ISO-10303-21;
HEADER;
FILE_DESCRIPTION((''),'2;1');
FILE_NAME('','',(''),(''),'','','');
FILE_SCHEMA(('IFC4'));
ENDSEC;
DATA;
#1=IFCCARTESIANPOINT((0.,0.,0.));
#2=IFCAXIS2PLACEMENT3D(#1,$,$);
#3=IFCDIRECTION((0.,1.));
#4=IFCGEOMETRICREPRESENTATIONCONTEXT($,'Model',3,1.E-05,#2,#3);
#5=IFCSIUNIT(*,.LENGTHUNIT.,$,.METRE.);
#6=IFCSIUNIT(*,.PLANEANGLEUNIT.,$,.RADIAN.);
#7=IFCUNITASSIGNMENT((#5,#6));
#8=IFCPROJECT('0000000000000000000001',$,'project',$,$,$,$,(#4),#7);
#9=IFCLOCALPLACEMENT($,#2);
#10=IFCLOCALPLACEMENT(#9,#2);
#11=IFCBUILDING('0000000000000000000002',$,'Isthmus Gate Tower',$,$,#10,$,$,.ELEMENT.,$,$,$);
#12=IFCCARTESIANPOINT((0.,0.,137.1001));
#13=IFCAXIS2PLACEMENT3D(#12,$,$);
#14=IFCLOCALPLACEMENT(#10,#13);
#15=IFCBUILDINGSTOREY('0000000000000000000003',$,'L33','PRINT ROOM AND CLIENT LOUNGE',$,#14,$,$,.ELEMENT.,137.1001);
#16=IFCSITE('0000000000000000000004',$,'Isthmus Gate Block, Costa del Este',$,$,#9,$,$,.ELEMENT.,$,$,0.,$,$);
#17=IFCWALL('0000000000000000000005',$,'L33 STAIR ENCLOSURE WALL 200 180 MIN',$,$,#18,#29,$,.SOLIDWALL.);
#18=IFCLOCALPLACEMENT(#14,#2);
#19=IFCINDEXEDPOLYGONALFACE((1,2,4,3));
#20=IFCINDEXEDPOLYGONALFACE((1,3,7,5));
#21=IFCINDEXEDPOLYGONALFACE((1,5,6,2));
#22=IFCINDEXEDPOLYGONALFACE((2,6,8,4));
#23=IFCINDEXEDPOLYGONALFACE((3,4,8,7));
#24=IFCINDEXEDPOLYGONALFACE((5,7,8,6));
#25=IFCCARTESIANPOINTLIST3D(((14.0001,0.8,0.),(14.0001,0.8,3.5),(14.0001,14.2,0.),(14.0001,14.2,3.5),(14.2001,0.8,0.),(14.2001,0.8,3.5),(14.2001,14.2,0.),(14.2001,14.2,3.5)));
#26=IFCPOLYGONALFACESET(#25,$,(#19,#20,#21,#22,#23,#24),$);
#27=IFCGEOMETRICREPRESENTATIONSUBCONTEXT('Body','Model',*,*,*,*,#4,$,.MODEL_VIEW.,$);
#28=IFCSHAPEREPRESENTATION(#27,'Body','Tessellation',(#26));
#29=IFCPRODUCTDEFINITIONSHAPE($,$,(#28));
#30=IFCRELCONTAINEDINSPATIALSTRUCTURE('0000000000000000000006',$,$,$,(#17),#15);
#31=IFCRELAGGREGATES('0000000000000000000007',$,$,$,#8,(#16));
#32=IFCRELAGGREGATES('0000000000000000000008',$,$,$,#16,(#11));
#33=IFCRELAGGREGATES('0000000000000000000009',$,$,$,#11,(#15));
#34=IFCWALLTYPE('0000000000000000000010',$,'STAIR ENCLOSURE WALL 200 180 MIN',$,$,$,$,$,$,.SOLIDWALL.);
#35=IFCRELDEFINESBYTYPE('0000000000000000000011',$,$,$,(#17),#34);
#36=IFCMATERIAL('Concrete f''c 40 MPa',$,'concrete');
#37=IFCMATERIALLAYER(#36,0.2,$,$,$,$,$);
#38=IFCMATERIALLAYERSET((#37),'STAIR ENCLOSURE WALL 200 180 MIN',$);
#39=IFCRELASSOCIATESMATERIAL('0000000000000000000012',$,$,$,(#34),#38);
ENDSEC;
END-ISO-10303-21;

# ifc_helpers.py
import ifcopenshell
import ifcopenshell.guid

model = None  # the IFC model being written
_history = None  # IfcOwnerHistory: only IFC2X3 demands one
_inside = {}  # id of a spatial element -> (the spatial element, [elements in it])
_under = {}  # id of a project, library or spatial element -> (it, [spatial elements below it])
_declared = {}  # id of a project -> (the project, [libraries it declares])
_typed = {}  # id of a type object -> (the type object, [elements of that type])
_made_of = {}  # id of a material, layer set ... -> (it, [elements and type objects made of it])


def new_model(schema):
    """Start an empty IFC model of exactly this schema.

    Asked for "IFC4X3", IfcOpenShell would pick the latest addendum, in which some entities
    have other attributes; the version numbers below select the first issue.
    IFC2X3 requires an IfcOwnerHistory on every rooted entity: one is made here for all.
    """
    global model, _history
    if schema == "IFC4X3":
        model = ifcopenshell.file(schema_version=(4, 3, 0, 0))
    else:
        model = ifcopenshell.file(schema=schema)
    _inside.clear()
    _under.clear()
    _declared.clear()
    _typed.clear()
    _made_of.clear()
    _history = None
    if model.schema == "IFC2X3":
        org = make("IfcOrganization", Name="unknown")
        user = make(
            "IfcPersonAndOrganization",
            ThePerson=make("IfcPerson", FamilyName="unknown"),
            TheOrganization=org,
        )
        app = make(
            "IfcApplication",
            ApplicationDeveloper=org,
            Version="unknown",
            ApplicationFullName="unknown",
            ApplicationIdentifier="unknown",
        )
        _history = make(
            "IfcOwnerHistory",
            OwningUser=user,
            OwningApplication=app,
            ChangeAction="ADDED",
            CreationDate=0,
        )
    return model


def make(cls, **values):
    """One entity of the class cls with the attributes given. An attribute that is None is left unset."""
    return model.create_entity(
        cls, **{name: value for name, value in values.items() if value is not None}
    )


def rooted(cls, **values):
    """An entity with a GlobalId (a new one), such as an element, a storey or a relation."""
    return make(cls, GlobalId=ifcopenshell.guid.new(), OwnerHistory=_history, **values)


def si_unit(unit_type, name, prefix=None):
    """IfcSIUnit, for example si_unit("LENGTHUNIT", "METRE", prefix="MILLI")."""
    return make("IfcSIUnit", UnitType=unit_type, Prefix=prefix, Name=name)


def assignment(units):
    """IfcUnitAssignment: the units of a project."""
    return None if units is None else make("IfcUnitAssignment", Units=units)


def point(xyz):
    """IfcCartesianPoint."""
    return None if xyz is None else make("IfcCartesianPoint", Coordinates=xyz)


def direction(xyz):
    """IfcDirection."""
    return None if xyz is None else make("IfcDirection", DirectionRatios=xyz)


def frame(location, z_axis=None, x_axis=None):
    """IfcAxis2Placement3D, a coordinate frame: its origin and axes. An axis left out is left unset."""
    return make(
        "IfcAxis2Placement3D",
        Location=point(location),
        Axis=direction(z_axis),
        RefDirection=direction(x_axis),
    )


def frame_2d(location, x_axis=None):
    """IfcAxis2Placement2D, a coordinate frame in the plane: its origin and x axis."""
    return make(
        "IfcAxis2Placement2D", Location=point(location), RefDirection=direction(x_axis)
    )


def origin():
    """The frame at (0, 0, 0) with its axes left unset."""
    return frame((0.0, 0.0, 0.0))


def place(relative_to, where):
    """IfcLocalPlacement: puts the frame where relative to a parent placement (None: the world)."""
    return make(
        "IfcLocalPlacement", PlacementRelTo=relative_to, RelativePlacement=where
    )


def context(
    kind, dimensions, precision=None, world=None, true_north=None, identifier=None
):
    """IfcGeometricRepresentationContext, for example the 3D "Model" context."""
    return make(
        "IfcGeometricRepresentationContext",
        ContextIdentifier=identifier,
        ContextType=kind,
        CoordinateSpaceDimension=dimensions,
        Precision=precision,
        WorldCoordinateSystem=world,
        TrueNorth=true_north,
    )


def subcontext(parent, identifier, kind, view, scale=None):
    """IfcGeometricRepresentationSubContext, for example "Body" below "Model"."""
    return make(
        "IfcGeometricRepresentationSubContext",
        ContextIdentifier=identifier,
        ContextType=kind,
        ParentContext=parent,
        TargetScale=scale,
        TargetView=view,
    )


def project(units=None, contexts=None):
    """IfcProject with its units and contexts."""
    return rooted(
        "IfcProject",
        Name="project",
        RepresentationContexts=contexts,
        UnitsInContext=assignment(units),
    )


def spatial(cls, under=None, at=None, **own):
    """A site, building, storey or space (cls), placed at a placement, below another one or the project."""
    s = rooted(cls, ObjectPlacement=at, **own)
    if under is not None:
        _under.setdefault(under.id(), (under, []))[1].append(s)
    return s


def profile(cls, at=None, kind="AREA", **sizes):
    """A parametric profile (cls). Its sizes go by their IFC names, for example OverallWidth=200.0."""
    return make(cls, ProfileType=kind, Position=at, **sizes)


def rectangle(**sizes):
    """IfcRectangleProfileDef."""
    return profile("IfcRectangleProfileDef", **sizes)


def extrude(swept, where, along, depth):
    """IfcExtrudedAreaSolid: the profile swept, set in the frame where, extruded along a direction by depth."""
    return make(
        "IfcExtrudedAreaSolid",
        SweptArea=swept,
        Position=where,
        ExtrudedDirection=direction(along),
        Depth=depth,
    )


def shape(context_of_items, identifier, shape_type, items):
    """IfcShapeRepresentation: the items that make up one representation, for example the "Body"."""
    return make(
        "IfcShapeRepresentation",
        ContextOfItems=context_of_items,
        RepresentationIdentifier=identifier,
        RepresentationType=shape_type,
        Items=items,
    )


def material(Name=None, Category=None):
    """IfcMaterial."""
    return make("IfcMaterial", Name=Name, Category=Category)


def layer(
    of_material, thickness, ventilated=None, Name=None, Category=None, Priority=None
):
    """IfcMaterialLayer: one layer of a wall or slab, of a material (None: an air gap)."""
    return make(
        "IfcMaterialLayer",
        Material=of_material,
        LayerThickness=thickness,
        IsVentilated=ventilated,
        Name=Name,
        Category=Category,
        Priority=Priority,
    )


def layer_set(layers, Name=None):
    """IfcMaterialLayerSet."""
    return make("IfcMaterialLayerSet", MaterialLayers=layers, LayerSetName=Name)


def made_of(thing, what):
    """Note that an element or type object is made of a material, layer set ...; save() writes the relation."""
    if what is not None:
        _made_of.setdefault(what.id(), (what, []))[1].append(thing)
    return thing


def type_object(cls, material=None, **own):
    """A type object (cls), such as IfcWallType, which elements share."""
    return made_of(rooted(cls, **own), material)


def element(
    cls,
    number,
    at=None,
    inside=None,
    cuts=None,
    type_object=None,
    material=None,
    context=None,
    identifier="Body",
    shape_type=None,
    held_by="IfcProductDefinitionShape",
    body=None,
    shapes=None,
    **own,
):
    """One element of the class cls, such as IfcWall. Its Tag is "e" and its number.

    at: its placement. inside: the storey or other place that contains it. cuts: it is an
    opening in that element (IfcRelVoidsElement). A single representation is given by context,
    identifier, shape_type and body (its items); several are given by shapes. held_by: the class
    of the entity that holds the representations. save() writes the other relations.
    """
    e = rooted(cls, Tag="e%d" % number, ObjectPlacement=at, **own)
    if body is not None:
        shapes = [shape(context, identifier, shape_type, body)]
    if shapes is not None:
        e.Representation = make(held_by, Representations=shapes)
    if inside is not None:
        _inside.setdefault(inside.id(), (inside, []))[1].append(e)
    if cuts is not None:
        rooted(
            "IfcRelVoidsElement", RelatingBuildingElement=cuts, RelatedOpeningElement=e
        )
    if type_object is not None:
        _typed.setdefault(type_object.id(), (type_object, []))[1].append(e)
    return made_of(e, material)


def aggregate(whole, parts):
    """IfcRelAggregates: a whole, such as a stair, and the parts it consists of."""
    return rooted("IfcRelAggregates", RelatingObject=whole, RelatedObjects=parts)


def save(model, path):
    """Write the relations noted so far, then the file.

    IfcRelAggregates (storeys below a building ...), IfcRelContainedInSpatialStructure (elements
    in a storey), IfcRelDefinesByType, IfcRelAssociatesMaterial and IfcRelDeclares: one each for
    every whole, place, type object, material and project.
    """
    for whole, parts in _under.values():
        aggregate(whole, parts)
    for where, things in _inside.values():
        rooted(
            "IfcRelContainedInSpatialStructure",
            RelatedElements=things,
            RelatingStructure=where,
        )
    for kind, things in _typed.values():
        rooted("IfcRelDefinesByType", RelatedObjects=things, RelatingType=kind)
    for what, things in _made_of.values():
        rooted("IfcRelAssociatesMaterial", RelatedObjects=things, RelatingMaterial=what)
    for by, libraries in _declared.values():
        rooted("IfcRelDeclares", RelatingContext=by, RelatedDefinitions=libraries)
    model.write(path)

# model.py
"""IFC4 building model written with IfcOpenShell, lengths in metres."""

from ifc_helpers import new_model, si_unit, direction, frame, frame_2d, origin, place, context, subcontext, project, spatial, rectangle, extrude, material, layer, layer_set, type_object, element, save


model = new_model("IFC4")

# Units and contexts
model_context = context("Model", 3, precision=1e-05, world=origin(), true_north=direction((0.0, 1.0)))
body_context = subcontext(model_context, "Body", "Model", "MODEL_VIEW")
ifc_project = project(units=[si_unit("LENGTHUNIT", "METRE"), si_unit("PLANEANGLEUNIT", "RADIAN")], contexts=[model_context])

# Site, building, storey
site_placement = place(None, origin())
site = spatial("IfcSite", under=ifc_project, at=site_placement, Name="Isthmus Gate Block, Costa del Este", CompositionType="ELEMENT", RefElevation=0.0)
building_placement = place(site_placement, origin())
building = spatial("IfcBuilding", under=site, at=building_placement, Name="Isthmus Gate Tower", CompositionType="ELEMENT")
storey_placement = place(building_placement, frame((0.0, 0.0, 137.1001)))
storey = spatial("IfcBuildingStorey", under=building, at=storey_placement, Name="L33", Description="PRINT ROOM AND CLIENT LOUNGE", CompositionType="ELEMENT", Elevation=137.1001)

# Wall
ifc_material_1 = material(Name="Concrete f'c 40 MPa", Category="concrete")
ifc_layer_1 = layer(ifc_material_1, 0.2)
ifc_layer_set_1 = layer_set([ifc_layer_1], Name="STAIR ENCLOSURE WALL 200 180 MIN")
wall_type_1 = type_object("IfcWallType", Name="STAIR ENCLOSURE WALL 200 180 MIN", PredefinedType="SOLIDWALL", material=ifc_layer_set_1)
wall_1_placement = place(storey_placement, frame((14.1001, 0.8, 0.0), z_axis=(0.0, 0.0, 1.0), x_axis=(0.0, 1.0, 0.0)))
element("IfcWall", 1, at=wall_1_placement, inside=storey, type_object=wall_type_1, Name="L33 STAIR ENCLOSURE WALL 200 180 MIN", PredefinedType="SOLIDWALL", context=body_context, shape_type="SweptSolid", body=[
    extrude(rectangle(XDim=13.3999, YDim=0.2, at=frame_2d((6.7, 0.0))), origin(), (0.0, 0.0, 1.0), 3.5),
])

save(model, "model.ifc")
